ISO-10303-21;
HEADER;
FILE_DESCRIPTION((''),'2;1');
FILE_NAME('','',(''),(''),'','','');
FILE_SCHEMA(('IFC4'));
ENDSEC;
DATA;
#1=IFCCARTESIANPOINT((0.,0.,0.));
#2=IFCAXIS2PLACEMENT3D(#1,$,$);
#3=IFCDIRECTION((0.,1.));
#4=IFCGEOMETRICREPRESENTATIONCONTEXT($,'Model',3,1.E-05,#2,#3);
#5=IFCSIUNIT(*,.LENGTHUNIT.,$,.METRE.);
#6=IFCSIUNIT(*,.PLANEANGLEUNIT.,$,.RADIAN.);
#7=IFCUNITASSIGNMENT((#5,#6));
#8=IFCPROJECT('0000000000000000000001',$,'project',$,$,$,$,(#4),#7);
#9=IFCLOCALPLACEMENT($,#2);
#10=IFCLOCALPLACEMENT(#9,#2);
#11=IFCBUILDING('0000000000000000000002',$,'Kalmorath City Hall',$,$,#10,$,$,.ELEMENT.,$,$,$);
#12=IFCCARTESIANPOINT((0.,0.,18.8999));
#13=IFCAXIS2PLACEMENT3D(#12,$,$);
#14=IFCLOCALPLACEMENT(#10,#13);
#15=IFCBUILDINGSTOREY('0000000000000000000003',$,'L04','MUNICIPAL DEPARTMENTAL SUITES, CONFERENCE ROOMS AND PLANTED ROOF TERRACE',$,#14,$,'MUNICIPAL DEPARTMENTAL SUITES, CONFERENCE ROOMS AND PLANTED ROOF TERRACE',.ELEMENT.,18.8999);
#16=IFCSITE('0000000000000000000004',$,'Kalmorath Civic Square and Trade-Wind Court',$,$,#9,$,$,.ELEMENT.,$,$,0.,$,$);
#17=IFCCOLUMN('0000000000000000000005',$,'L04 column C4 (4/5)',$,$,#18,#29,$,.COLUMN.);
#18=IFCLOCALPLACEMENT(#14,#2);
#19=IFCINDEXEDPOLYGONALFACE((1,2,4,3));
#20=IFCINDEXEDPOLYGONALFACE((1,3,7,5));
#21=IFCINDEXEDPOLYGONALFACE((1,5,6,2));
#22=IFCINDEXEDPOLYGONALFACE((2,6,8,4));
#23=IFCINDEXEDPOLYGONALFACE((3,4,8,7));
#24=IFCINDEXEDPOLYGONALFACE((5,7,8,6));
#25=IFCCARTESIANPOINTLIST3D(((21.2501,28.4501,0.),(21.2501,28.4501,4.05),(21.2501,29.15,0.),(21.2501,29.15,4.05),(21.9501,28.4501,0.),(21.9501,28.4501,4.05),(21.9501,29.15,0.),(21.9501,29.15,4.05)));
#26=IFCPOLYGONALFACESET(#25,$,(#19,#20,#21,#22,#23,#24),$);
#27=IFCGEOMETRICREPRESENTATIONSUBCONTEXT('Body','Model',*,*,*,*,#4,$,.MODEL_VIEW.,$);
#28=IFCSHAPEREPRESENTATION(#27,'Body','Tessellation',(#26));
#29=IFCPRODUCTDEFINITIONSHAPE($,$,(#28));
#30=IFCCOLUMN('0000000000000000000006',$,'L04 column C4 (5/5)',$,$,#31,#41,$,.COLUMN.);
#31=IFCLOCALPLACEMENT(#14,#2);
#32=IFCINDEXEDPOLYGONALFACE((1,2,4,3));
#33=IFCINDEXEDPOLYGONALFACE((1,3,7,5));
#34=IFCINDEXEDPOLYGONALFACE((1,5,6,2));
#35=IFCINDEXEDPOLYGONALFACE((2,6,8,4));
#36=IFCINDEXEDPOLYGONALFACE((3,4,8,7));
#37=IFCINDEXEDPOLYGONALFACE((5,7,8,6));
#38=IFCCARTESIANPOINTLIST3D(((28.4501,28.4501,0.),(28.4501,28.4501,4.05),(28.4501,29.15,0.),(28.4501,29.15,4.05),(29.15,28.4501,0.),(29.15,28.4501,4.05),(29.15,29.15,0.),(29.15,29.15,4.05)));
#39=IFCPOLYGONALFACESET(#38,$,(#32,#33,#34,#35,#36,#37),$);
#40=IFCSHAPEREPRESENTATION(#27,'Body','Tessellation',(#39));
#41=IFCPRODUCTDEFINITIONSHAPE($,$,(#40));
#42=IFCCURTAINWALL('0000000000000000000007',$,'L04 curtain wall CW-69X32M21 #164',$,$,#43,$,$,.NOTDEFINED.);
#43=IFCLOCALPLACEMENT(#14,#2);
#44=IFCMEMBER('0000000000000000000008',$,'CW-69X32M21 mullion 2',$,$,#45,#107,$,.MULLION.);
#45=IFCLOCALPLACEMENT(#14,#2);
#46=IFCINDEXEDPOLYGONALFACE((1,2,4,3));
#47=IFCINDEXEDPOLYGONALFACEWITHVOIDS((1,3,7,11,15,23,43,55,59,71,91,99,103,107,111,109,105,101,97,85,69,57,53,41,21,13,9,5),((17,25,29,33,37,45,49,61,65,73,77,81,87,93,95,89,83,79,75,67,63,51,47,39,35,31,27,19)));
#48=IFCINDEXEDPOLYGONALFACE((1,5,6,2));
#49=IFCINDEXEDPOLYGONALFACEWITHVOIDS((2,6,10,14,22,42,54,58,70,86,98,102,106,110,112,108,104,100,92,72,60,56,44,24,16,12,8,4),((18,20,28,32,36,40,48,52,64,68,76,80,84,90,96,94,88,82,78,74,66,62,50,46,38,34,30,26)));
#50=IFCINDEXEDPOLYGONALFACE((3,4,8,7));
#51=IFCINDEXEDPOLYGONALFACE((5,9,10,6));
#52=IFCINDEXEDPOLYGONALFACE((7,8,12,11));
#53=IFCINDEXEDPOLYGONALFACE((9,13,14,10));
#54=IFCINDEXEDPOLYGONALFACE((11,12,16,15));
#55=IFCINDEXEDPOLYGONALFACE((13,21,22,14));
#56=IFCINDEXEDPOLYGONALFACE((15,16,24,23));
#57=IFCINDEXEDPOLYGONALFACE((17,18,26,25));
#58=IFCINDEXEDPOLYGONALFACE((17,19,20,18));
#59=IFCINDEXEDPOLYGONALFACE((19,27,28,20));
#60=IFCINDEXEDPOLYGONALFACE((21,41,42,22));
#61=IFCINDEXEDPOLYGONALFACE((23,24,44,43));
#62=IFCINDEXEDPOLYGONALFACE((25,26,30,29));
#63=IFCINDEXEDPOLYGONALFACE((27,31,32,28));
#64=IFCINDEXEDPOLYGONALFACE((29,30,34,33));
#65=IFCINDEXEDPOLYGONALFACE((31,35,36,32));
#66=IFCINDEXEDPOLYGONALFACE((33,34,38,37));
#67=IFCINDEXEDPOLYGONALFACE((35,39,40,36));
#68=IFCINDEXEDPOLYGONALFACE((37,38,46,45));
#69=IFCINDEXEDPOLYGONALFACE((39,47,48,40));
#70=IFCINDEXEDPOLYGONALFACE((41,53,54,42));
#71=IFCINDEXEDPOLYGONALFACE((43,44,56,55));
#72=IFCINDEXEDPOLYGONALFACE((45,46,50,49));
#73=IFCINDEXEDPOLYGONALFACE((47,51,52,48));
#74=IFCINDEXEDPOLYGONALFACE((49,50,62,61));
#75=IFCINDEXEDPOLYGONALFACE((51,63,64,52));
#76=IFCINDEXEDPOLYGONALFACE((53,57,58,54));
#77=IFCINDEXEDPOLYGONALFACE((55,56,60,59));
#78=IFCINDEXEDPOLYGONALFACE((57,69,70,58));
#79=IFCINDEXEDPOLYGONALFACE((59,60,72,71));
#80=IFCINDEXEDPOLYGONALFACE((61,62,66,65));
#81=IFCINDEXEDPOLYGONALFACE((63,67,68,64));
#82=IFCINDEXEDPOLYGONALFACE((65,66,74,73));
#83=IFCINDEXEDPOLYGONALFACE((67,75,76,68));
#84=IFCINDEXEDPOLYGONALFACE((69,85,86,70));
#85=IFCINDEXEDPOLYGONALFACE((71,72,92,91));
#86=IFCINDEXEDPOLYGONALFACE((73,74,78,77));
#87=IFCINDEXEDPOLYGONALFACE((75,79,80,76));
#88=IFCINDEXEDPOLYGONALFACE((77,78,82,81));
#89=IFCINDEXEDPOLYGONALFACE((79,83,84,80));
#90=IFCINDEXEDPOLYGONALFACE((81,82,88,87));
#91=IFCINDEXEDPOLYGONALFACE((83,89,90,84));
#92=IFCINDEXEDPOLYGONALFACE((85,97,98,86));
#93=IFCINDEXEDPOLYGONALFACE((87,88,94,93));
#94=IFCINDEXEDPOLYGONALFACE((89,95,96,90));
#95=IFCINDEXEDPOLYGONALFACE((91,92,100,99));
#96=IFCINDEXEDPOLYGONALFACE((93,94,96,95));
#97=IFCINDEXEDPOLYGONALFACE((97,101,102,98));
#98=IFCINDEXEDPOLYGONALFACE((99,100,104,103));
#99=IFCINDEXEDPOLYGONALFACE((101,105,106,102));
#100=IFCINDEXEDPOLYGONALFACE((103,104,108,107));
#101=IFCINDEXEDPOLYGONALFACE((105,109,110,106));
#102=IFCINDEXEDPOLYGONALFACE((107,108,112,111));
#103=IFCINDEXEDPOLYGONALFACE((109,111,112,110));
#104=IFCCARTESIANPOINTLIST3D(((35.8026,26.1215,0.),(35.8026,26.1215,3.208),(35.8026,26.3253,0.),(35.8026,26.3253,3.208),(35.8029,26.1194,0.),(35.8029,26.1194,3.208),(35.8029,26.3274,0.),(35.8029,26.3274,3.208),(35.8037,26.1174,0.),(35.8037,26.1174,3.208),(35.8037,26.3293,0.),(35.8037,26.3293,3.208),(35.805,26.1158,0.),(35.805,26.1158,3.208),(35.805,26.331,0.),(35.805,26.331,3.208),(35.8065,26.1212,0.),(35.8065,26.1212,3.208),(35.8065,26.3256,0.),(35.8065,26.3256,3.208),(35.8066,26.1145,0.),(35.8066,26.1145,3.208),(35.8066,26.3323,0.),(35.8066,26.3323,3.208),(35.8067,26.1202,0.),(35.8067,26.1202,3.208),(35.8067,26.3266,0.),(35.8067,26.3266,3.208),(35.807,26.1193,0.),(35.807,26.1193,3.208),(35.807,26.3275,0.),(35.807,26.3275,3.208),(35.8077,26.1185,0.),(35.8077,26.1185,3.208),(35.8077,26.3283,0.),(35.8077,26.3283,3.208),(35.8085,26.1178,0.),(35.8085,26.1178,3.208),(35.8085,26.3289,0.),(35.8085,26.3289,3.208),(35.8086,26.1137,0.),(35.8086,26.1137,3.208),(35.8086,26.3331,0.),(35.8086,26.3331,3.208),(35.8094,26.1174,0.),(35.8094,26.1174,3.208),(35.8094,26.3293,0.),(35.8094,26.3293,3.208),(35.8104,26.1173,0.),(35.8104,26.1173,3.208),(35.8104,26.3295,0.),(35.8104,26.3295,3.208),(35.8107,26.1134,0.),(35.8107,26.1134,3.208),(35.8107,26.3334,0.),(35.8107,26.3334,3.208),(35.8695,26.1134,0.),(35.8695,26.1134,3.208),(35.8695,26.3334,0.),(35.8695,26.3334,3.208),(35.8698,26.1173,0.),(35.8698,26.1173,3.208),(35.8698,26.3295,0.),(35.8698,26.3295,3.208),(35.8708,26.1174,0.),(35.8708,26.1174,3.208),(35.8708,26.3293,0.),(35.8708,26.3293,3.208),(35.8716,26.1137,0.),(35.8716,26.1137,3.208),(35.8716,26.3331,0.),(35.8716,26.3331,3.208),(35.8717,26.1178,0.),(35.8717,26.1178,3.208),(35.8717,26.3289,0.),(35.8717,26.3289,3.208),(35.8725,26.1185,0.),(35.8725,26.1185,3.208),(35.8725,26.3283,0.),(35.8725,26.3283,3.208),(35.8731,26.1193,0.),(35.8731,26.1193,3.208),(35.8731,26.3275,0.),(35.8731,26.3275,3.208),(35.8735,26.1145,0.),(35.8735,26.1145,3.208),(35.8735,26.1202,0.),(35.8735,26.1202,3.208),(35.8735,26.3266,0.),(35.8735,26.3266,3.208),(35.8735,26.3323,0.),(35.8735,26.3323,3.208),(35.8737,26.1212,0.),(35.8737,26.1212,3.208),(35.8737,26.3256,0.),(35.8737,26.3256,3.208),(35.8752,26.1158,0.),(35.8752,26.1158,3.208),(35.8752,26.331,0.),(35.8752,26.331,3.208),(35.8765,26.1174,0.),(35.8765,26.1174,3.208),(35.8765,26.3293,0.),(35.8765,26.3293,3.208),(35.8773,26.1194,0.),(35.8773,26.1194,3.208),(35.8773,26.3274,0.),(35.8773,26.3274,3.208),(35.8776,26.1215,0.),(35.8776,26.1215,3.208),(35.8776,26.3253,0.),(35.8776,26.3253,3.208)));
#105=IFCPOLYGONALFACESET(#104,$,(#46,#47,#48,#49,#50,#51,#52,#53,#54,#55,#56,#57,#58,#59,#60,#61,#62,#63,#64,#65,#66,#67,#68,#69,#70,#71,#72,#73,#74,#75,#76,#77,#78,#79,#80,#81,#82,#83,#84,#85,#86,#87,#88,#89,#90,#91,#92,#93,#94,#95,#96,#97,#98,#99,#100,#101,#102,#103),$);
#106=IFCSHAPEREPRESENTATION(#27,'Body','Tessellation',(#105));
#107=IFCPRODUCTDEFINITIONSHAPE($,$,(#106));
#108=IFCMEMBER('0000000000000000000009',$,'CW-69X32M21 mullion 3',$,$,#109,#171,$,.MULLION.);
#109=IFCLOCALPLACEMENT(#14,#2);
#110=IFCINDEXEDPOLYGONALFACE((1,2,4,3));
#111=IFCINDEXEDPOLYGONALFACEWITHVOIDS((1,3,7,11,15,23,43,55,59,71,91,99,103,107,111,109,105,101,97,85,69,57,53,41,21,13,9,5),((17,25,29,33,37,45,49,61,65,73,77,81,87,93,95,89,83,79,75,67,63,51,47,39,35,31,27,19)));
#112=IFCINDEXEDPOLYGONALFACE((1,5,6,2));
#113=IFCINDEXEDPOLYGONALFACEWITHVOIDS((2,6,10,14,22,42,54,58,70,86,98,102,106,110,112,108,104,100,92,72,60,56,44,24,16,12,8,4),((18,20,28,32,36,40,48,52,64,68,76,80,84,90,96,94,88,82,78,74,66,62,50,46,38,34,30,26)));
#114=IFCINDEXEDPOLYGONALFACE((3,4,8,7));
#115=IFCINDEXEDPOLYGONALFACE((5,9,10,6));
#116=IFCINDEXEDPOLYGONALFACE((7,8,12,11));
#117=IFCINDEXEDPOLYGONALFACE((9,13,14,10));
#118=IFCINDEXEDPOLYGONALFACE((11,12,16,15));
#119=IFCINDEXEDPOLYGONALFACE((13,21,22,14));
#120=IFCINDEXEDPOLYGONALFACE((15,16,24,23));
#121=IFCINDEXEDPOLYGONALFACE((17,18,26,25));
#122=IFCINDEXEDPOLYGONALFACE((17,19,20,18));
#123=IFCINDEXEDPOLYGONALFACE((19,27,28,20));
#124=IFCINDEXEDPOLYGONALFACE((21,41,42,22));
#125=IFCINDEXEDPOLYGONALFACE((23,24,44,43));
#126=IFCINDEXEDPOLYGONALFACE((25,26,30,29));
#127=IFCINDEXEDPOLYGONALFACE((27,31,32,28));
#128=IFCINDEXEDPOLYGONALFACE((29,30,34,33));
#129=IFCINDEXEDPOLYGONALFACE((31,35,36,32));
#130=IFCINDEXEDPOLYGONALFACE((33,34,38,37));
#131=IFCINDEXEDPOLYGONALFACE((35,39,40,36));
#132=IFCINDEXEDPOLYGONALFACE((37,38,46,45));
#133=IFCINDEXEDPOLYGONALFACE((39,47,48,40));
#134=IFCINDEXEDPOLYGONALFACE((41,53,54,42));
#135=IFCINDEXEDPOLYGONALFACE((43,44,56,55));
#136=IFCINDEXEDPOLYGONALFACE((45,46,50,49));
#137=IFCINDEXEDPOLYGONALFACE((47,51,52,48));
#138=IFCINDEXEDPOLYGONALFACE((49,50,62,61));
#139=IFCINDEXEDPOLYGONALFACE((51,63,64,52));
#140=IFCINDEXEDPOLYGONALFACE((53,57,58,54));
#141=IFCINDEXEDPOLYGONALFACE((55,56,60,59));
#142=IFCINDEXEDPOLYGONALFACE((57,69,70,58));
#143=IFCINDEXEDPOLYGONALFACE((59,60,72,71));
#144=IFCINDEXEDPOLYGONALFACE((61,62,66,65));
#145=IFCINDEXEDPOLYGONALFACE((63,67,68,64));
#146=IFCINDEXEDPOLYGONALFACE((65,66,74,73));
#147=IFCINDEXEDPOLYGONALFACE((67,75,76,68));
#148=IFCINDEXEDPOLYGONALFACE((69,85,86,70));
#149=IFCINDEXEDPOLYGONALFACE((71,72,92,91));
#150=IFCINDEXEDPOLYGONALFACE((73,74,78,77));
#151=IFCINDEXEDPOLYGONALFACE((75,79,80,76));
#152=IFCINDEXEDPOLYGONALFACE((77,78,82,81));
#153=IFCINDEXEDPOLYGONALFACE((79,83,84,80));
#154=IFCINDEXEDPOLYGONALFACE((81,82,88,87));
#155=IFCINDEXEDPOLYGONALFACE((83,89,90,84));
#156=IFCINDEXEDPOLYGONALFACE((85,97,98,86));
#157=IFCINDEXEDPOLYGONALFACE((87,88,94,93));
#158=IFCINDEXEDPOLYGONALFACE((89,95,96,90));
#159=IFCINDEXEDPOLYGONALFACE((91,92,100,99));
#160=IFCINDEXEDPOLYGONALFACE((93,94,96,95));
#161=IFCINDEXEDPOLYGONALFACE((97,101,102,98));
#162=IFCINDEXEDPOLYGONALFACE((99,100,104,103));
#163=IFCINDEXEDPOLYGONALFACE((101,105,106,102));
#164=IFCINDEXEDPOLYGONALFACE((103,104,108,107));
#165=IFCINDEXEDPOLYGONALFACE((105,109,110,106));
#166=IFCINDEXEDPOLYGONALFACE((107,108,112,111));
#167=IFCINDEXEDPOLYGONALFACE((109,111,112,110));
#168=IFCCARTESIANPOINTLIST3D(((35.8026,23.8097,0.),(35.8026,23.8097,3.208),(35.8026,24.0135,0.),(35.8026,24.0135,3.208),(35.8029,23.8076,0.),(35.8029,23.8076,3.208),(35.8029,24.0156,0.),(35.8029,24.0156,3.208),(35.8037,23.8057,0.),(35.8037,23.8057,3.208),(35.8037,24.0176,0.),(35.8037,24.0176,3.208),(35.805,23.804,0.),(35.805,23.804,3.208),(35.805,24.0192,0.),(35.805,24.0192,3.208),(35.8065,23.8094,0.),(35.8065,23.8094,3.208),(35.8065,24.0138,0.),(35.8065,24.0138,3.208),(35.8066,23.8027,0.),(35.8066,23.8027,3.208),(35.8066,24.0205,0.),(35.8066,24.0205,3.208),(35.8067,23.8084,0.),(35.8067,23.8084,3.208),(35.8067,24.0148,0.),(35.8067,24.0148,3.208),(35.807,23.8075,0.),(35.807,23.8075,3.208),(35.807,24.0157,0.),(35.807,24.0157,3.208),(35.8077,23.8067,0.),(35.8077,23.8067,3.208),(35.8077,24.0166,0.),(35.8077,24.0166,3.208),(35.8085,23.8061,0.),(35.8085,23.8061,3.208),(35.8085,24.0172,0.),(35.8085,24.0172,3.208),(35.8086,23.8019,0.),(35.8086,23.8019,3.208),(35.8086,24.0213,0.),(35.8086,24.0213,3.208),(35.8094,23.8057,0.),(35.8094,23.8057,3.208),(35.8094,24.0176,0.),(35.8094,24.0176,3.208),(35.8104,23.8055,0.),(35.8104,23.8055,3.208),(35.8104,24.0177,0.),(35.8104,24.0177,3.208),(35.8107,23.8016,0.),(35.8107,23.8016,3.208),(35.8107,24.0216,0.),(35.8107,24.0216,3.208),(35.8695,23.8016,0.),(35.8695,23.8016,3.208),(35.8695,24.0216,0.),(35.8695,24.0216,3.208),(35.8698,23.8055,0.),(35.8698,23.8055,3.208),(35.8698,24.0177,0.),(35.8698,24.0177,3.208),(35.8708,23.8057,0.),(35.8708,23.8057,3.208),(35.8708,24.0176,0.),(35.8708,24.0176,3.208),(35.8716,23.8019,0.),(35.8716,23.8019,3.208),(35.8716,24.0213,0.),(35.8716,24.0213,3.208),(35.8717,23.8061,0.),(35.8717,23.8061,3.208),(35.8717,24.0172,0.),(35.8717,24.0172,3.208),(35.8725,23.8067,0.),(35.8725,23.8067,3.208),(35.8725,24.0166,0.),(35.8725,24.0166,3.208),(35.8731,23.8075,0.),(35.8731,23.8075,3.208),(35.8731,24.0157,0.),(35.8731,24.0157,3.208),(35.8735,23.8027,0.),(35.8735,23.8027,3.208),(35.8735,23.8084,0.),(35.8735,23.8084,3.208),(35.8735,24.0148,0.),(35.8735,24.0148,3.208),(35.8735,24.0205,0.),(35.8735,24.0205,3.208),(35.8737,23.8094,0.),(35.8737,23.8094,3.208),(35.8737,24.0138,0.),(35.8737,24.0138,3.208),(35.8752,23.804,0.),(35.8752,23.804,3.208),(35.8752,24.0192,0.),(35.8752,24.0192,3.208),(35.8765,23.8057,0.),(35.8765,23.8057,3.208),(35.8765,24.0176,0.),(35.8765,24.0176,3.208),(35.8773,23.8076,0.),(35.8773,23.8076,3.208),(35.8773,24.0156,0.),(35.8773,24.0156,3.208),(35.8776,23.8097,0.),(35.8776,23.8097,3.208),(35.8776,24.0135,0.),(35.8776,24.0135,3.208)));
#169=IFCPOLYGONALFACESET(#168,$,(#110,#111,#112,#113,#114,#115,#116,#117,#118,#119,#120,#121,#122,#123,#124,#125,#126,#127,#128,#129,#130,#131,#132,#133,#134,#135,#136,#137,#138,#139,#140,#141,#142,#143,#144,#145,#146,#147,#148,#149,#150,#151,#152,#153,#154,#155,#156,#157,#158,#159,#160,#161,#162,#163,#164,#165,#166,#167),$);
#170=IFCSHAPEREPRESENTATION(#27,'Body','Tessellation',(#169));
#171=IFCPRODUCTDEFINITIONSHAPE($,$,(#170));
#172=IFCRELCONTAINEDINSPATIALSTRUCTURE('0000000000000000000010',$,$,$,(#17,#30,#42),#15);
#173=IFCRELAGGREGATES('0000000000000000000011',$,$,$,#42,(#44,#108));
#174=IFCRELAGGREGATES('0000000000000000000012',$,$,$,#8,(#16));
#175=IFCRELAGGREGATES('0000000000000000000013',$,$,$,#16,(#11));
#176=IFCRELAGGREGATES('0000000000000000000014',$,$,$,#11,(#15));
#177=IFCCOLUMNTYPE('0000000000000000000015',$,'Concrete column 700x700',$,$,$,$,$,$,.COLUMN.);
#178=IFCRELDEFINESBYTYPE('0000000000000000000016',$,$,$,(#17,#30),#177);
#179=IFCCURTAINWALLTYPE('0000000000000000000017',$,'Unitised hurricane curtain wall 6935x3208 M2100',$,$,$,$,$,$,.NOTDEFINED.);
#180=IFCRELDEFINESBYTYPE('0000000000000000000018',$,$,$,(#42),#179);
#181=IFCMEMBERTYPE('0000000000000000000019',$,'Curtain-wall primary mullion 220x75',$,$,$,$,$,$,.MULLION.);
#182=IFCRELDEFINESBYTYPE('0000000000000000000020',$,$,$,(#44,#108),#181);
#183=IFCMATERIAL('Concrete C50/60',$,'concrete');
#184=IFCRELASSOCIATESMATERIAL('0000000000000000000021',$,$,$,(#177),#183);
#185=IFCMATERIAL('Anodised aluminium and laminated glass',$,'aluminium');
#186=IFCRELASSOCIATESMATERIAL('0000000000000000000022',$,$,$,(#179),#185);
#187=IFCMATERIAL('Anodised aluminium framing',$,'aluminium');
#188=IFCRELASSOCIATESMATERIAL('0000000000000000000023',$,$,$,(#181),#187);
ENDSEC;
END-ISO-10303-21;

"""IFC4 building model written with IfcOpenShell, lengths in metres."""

from ifc_helpers import new_model, si_unit, direction, frame, origin, origin_2d, place, context, subcontext, project, spatial, rectangle, hollow_rectangle, extrude, material, material_profile, profile_set, type_object, element, aggregate, save


model = new_model("IFC4")

# Units and contexts
model_context = context("Model", 3, precision=1e-05, world=origin(), true_north=direction((0.0, 1.0)))
body_context = subcontext(model_context, "Body", "Model", "MODEL_VIEW")
ifc_project = project(units=[si_unit("LENGTHUNIT", "METRE"), si_unit("PLANEANGLEUNIT", "RADIAN")], contexts=[model_context])

# Site, building, storey
site_placement = place(None, origin())
site = spatial("IfcSite", under=ifc_project, at=site_placement, Name="Kalmorath Civic Square and Trade-Wind Court", CompositionType="ELEMENT", RefElevation=0.0)
building_placement = place(site_placement, origin())
building = spatial("IfcBuilding", under=site, at=building_placement, Name="Kalmorath City Hall", CompositionType="ELEMENT")
storey_placement = place(building_placement, frame((0.0, 0.0, 18.8999)))
storey = spatial("IfcBuildingStorey", under=building, at=storey_placement, Name="L04", Description="MUNICIPAL DEPARTMENTAL SUITES, CONFERENCE ROOMS AND PLANTED ROOF TERRACE", LongName="MUNICIPAL DEPARTMENTAL SUITES, CONFERENCE ROOMS AND PLANTED ROOF TERRACE", CompositionType="ELEMENT", Elevation=18.8999)

# Columns
ifc_material_1 = material(Name="Concrete C50/60", Category="concrete")
ifc_material_profile_1 = material_profile(ifc_material_1, rectangle(XDim=0.7, YDim=0.7, at=origin_2d()), Name="RC-COL-700X700")
ifc_profile_set_1 = profile_set([ifc_material_profile_1], Name="Concrete C50/60")
column_type = type_object("IfcColumnType", Name="Concrete column 700x700", PredefinedType="COLUMN", material=ifc_profile_set_1)
for number, where, z_axis, x_axis, name in (
    (1, (21.6001, 28.8, 0.0), (0.0, 0.0, 1.0), (1.0, 0.0, 0.0), "L04 column C4 (4/5)"),
    (2, (28.8, 28.8, 0.0), (0.0, 0.0, 1.0), (1.0, 0.0, 0.0), "L04 column C4 (5/5)"),
):
    element("IfcColumn", number, at=place(storey_placement, frame(where, z_axis=z_axis, x_axis=x_axis)), inside=storey, type_object=column_type, Name=name, PredefinedType="COLUMN", context=body_context, shape_type="SweptSolid", body=[
        extrude(rectangle(XDim=0.7, YDim=0.7, at=origin_2d()), origin(), (0.0, 0.0, 1.0), 4.05),
    ])

# Curtain wall, members
ifc_material_2 = material(Name="Anodised aluminium and laminated glass", Category="aluminium")
curtain_wall_type = type_object("IfcCurtainWallType", Name="Unitised hurricane curtain wall 6935x3208 M2100", PredefinedType="NOTDEFINED", material=ifc_material_2)
curtain_wall_placement = place(storey_placement, origin())
curtain_wall = element("IfcCurtainWall", 3, at=curtain_wall_placement, inside=storey, type_object=curtain_wall_type, Name="L04 curtain wall CW-69X32M21 #164", PredefinedType="NOTDEFINED")
ifc_material_3 = material(Name="Anodised aluminium framing", Category="aluminium")
ifc_material_profile_2 = material_profile(ifc_material_3, hollow_rectangle(XDim=0.075, YDim=0.22, WallThickness=0.0039, InnerFilletRadius=0.0039, OuterFilletRadius=0.0081, at=origin_2d()), Name="ALU-MUL-220X75X4")
ifc_profile_set_2 = profile_set([ifc_material_profile_2], Name="Anodised aluminium framing")
member_type_1 = type_object("IfcMemberType", Name="Curtain-wall primary mullion 220x75", PredefinedType="MULLION", material=ifc_profile_set_2)
member_1_placement = place(storey_placement, frame((35.8401, 26.2234, 0.0), z_axis=(0.0, 0.0, 1.0), x_axis=(1.0, 0.0, 0.0)))
member_1 = element("IfcMember", 4, at=member_1_placement, type_object=member_type_1, Name="CW-69X32M21 mullion 2", PredefinedType="MULLION", context=body_context, shape_type="SweptSolid", body=[
    extrude(hollow_rectangle(XDim=0.075, YDim=0.22, WallThickness=0.0039, InnerFilletRadius=0.0039, OuterFilletRadius=0.0081, at=origin_2d()), origin(), (0.0, 0.0, 1.0), 3.208),
])
member_2_placement = place(storey_placement, frame((35.8401, 23.9116, 0.0), z_axis=(0.0, 0.0, 1.0), x_axis=(1.0, 0.0, 0.0)))
member_2 = element("IfcMember", 5, at=member_2_placement, type_object=member_type_1, Name="CW-69X32M21 mullion 3", PredefinedType="MULLION", context=body_context, shape_type="SweptSolid", body=[
    extrude(hollow_rectangle(XDim=0.075, YDim=0.22, WallThickness=0.0039, InnerFilletRadius=0.0039, OuterFilletRadius=0.0081, at=origin_2d()), origin(), (0.0, 0.0, 1.0), 3.208),
])

aggregate(curtain_wall, [member_1, member_2])

save(model, "model.ifc")
